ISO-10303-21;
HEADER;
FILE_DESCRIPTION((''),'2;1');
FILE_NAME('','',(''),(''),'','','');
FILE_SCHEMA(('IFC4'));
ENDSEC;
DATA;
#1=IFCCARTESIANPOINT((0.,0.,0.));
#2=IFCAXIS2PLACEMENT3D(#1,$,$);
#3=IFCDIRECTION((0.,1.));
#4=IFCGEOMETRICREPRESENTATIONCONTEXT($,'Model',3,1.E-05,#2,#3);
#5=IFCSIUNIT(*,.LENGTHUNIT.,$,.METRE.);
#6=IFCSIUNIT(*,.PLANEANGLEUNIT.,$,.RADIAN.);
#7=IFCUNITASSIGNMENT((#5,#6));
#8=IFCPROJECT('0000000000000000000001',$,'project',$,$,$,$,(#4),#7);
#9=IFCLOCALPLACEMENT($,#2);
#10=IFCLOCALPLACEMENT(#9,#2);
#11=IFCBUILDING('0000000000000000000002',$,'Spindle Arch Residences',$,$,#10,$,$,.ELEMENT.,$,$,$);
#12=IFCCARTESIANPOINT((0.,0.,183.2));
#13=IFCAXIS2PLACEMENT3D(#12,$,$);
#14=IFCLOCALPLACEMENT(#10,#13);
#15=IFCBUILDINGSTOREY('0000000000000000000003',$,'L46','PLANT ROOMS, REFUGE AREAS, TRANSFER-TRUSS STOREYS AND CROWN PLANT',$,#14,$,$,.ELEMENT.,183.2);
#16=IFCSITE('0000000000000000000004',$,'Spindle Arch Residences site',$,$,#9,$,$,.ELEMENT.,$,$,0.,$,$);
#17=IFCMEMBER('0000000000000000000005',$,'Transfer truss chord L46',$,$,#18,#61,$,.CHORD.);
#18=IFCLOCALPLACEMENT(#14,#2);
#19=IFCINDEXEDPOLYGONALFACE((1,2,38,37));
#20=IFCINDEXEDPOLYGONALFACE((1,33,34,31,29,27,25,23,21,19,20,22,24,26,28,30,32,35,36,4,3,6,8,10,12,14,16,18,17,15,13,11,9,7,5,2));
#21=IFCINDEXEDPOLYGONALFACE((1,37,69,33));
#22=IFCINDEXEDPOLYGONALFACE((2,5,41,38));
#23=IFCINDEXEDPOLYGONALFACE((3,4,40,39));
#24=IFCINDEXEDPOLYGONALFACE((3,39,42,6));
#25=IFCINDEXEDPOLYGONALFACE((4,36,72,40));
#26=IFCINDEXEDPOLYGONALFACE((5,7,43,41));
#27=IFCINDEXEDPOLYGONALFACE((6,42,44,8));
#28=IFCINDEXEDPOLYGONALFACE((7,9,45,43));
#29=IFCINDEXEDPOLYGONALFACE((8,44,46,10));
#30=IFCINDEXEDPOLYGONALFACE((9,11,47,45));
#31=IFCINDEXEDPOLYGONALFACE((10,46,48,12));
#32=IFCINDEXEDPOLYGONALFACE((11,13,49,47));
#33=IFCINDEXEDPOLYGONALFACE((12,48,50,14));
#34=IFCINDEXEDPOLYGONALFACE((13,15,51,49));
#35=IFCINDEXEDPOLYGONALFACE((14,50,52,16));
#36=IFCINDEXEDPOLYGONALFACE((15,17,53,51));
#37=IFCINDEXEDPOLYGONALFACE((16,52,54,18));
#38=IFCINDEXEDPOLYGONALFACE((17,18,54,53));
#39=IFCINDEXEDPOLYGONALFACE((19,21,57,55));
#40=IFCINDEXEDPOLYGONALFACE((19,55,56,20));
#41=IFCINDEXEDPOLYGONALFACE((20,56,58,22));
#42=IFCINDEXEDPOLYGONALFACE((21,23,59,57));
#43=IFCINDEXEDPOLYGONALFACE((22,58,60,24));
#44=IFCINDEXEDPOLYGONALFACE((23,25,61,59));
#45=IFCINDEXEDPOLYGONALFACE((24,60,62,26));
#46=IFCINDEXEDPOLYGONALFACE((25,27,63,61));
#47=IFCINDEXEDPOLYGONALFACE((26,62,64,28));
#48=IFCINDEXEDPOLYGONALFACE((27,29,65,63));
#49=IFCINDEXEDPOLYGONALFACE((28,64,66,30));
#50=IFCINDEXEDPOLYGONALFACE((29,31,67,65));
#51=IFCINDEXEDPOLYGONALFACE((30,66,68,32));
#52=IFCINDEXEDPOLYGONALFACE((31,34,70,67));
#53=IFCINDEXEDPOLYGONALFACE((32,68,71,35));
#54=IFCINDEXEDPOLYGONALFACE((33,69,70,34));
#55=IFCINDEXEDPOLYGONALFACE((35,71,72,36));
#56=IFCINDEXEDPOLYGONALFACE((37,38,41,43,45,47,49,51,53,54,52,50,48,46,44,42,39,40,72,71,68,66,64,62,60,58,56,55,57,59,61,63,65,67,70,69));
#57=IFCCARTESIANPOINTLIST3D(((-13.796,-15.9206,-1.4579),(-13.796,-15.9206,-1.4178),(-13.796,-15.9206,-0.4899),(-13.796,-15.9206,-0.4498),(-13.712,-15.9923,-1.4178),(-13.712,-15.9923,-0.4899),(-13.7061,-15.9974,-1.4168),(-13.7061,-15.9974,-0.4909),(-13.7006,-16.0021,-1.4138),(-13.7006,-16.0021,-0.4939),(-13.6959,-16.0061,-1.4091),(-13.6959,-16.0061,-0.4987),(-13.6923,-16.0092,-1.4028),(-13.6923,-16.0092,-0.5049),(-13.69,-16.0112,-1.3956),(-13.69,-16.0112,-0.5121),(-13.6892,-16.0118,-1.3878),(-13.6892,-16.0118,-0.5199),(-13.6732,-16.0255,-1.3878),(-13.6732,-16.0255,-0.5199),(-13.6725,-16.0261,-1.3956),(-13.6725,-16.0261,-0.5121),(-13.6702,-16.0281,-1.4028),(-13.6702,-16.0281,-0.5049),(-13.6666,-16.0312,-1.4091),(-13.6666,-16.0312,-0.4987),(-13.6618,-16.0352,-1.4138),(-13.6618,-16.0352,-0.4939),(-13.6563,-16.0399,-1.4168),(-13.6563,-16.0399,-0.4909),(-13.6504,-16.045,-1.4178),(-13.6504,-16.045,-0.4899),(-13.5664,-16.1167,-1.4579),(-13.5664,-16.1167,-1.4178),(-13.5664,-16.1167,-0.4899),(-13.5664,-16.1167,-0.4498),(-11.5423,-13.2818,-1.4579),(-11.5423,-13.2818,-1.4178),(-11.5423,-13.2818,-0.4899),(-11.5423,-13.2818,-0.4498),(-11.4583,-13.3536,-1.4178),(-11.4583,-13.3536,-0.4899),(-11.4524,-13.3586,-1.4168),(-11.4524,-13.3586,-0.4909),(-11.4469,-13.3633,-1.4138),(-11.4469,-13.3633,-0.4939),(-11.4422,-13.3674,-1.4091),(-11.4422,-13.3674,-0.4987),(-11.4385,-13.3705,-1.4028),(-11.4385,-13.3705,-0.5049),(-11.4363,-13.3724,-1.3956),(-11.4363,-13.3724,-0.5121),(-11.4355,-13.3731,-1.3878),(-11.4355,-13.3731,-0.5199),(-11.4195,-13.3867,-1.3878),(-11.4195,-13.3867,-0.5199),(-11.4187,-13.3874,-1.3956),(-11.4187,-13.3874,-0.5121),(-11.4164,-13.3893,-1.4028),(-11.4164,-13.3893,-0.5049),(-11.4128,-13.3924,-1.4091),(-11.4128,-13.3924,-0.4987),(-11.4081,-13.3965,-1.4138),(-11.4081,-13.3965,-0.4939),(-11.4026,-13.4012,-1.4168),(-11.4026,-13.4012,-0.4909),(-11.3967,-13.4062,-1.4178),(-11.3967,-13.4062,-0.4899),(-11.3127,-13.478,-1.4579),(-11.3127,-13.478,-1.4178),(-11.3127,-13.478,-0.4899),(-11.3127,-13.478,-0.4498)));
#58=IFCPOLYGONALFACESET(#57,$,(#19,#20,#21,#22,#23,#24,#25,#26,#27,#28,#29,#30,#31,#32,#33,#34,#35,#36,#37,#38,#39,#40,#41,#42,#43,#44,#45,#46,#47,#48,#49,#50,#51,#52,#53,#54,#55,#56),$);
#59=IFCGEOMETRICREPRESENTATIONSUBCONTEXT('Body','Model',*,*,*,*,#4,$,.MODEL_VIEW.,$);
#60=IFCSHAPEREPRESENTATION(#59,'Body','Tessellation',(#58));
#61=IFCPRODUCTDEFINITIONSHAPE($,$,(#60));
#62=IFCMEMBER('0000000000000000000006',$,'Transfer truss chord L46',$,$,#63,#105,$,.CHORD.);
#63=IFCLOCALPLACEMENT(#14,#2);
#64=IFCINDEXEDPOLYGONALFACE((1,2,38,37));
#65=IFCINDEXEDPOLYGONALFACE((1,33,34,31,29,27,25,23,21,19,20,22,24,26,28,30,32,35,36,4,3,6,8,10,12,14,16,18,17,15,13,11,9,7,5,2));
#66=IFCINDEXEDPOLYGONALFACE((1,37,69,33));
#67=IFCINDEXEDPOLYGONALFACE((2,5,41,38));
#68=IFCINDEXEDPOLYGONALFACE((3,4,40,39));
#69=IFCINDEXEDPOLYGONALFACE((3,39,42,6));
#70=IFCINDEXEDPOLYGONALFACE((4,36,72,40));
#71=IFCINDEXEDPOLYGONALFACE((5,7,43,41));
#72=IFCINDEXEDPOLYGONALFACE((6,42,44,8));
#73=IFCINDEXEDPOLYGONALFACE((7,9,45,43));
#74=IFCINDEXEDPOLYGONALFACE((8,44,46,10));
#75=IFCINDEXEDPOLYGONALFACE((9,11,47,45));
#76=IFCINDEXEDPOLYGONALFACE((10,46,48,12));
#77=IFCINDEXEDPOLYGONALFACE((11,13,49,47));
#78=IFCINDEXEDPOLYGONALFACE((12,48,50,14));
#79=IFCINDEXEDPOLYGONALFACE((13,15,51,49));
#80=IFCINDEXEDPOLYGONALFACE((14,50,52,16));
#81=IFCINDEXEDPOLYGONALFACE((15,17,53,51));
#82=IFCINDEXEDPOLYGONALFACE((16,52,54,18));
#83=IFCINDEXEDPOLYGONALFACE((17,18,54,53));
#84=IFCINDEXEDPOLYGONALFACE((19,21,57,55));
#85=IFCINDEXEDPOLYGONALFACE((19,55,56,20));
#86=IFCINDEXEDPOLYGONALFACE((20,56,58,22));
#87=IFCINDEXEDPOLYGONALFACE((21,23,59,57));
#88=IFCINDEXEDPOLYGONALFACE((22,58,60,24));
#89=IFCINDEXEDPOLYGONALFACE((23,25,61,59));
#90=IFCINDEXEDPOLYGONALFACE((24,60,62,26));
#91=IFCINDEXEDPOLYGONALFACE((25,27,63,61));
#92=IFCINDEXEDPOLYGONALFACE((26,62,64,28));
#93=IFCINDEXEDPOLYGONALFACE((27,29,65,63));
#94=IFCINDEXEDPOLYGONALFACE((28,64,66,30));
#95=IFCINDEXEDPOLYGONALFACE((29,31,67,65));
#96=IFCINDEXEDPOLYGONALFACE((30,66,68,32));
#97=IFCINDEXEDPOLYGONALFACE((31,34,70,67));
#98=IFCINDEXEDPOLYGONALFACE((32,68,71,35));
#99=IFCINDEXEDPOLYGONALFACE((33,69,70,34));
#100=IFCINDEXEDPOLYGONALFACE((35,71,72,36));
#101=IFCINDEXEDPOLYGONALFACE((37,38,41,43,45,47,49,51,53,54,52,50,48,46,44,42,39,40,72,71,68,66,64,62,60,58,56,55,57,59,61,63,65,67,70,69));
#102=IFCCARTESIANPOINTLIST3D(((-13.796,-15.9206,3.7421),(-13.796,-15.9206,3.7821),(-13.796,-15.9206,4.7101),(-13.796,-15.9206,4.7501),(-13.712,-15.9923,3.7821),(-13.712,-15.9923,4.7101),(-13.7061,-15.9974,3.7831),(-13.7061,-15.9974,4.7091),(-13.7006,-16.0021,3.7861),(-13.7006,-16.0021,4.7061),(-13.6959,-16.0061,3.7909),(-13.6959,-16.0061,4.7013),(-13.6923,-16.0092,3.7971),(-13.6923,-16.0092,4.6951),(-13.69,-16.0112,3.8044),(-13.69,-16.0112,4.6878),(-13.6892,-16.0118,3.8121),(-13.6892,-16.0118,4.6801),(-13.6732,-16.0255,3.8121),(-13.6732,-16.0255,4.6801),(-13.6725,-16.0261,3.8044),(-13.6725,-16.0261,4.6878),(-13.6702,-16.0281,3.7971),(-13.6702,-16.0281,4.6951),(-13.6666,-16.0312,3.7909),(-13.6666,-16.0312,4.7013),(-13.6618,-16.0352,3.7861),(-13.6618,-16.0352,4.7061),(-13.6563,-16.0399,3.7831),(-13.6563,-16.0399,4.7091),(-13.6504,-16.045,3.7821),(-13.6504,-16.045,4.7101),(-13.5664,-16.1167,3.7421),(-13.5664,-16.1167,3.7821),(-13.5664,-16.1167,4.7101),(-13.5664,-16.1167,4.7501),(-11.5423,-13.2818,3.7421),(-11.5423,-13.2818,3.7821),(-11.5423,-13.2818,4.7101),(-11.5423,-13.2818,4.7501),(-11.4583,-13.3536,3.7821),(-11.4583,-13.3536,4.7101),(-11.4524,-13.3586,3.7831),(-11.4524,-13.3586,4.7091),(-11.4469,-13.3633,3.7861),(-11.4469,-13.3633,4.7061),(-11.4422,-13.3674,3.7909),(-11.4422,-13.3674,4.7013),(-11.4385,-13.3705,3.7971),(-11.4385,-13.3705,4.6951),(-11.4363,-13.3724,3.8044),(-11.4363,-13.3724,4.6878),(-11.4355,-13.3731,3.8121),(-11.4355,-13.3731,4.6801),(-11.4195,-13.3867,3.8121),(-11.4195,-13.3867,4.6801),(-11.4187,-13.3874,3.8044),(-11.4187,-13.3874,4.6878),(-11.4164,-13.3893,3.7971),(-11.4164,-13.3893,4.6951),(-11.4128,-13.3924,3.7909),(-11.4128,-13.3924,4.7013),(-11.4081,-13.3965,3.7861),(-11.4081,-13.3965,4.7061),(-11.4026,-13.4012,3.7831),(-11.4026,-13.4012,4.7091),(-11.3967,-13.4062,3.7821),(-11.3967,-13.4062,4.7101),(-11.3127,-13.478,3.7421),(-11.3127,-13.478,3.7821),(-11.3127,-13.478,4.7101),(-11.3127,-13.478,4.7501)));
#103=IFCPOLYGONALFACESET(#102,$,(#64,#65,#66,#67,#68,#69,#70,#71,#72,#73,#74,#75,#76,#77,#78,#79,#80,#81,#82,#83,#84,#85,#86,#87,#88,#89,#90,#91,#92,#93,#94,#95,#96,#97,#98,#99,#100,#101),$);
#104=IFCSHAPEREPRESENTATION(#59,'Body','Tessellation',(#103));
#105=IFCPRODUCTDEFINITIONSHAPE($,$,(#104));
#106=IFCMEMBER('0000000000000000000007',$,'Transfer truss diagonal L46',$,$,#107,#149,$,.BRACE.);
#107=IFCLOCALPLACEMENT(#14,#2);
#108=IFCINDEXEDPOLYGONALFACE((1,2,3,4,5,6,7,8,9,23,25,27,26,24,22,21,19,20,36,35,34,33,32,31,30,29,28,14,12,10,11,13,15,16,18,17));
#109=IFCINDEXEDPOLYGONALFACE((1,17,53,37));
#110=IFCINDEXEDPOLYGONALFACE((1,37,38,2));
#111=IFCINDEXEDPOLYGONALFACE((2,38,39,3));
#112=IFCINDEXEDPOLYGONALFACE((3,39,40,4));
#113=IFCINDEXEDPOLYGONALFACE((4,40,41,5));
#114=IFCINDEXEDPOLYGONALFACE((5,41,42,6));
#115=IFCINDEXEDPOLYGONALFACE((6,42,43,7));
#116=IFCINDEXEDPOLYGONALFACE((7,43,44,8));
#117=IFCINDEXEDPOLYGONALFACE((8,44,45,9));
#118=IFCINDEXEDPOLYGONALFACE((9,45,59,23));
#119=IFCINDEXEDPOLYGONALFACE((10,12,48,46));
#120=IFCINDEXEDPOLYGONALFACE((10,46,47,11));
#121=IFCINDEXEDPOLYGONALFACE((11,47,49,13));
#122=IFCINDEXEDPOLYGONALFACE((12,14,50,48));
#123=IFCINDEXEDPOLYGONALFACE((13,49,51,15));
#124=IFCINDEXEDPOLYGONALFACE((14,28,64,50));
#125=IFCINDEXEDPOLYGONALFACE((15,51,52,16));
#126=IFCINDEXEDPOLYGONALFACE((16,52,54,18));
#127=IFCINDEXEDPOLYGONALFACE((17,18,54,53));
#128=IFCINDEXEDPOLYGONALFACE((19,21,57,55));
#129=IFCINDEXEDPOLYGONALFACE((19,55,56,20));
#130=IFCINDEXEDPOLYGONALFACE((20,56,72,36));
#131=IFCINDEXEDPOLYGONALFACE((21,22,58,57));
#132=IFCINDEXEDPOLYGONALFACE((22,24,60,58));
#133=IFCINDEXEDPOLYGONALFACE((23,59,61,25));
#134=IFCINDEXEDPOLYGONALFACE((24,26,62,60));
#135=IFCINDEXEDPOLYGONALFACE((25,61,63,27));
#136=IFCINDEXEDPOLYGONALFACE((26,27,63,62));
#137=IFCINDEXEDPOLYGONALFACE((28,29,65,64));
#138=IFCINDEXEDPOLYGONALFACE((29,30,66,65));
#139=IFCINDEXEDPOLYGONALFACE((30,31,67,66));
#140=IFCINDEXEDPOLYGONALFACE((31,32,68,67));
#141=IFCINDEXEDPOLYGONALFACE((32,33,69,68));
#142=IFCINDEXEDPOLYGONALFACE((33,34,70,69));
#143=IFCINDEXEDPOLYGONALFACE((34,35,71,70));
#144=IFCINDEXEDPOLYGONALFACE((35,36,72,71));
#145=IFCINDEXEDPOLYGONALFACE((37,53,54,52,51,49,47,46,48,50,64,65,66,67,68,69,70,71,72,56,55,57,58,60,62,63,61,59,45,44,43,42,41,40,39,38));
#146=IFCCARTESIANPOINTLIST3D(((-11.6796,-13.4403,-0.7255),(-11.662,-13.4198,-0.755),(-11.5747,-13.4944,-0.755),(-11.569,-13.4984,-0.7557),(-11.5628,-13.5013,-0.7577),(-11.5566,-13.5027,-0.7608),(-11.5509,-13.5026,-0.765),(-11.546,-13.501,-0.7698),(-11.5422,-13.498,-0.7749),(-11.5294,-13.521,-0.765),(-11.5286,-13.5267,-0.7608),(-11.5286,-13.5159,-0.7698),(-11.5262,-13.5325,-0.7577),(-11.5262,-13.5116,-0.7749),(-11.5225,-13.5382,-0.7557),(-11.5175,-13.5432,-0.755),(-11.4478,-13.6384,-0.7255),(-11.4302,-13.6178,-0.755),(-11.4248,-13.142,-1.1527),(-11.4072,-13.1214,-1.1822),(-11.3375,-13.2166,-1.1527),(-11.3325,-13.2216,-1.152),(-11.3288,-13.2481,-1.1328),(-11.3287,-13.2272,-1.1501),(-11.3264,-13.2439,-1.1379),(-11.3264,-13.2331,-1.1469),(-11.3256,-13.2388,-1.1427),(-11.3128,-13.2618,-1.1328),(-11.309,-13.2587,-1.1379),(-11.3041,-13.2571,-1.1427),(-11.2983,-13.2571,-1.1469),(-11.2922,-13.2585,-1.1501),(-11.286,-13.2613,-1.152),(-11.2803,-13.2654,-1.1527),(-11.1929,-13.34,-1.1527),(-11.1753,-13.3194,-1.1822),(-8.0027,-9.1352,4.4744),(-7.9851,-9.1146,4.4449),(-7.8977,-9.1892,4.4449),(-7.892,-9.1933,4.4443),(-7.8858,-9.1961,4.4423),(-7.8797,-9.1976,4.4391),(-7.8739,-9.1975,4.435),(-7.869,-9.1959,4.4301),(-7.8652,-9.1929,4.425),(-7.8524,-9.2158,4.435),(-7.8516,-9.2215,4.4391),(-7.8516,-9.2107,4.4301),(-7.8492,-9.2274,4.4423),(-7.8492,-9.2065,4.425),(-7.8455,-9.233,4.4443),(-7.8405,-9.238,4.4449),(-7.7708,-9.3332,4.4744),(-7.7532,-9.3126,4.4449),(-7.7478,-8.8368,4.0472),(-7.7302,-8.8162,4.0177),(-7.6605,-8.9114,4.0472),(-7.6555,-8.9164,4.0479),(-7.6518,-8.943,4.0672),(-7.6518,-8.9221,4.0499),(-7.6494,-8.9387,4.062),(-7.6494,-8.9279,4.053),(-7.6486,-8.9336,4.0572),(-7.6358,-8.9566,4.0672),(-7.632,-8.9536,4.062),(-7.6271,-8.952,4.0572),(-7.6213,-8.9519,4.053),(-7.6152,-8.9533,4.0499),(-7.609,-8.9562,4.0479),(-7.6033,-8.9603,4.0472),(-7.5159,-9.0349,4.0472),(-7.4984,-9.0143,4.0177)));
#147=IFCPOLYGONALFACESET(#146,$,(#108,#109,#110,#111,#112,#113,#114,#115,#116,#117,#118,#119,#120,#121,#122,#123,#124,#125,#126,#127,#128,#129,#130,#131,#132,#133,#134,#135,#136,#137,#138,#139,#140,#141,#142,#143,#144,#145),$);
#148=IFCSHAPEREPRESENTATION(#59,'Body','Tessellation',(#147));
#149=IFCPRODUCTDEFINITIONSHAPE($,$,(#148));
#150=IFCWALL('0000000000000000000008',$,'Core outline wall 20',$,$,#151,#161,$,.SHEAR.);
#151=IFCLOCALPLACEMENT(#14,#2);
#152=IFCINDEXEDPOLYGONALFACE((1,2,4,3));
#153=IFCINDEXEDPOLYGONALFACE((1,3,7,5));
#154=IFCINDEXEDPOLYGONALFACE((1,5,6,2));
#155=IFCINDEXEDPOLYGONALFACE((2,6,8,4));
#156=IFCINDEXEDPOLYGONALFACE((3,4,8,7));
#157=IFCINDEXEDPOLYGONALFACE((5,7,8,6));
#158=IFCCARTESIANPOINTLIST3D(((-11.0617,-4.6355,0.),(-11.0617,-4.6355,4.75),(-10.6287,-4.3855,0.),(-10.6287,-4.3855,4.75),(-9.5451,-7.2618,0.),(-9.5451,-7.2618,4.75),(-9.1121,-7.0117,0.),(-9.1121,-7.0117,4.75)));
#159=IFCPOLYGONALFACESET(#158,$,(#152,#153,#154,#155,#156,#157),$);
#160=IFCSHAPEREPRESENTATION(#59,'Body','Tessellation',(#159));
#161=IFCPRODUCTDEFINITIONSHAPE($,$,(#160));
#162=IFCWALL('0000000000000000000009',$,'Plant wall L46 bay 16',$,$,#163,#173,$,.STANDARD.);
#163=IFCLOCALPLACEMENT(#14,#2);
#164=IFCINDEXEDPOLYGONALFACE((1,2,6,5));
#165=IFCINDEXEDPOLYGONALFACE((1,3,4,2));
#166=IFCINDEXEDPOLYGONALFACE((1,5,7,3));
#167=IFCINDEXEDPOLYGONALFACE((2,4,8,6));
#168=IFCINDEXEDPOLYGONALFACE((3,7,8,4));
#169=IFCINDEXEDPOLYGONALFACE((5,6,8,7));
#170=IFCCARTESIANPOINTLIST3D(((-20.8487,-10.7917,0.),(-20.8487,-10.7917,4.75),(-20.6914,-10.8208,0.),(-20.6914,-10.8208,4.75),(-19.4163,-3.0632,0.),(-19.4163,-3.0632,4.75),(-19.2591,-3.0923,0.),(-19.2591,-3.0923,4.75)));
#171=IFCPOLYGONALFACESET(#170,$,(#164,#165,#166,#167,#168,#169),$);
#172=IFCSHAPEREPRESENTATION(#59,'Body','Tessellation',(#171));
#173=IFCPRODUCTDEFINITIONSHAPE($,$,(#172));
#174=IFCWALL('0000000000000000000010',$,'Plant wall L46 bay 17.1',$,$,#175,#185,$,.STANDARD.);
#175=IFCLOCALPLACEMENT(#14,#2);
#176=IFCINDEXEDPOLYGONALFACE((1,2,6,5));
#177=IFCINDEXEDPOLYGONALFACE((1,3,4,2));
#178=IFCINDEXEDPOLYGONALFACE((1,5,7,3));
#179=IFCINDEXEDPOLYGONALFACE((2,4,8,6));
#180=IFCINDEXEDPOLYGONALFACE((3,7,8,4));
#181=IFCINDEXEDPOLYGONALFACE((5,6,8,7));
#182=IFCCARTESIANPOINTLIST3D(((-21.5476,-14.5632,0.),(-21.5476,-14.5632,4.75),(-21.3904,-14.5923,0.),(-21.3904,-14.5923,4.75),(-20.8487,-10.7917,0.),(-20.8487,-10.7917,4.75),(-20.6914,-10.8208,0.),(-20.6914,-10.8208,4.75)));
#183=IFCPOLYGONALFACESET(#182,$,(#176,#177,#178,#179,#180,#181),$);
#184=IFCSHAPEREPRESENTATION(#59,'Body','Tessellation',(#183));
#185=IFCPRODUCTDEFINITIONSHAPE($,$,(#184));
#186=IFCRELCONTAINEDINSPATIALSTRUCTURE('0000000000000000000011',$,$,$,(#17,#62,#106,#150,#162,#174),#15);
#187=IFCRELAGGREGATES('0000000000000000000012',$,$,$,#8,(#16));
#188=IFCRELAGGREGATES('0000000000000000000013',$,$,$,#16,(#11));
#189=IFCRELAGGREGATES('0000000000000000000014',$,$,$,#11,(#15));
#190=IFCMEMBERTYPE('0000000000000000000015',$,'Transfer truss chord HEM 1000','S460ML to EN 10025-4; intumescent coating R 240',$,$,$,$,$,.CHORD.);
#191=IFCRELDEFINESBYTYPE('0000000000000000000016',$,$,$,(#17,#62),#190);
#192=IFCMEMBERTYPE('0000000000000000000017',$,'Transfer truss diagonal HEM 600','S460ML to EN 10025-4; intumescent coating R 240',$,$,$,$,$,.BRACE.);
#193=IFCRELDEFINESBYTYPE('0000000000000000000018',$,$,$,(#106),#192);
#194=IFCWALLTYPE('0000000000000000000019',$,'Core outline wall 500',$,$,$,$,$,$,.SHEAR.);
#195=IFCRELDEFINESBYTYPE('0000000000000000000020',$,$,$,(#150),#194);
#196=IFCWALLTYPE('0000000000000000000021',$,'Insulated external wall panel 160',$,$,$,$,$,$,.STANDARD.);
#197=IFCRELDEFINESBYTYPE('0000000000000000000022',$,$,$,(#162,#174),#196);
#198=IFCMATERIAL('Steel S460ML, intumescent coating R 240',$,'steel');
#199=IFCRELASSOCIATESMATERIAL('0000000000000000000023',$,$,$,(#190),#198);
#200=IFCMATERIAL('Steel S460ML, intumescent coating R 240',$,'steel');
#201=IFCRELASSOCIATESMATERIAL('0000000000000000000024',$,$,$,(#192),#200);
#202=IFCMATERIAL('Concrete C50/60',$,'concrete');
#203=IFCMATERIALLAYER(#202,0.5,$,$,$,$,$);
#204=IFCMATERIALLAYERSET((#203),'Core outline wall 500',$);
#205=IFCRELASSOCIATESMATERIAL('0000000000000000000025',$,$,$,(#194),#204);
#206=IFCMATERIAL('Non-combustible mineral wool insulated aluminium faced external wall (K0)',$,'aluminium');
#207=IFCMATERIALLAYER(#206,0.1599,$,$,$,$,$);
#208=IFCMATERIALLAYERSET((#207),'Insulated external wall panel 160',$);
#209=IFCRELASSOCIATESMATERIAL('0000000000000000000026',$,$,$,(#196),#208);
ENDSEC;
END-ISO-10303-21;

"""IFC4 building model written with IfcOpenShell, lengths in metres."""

from ifc_helpers import new_model, si_unit, direction, frame, frame_2d, origin, origin_2d, place, context, subcontext, project, spatial, rectangle, i_section, extrude, material, layer, layer_set, material_profile, profile_set, type_object, element, save


model = new_model("IFC4")

# Units and contexts
model_context = context("Model", 3, precision=1e-05, world=origin(), true_north=direction((0.0, 1.0)))
body_context = subcontext(model_context, "Body", "Model", "MODEL_VIEW")
ifc_project = project(units=[si_unit("LENGTHUNIT", "METRE"), si_unit("PLANEANGLEUNIT", "RADIAN")], contexts=[model_context])

# Site, building, storey
site_placement = place(None, origin())
site = spatial("IfcSite", under=ifc_project, at=site_placement, Name="Spindle Arch Residences site", CompositionType="ELEMENT", RefElevation=0.0)
building_placement = place(site_placement, origin())
building = spatial("IfcBuilding", under=site, at=building_placement, Name="Spindle Arch Residences", CompositionType="ELEMENT")
storey_placement = place(building_placement, frame((0.0, 0.0, 183.2)))
storey = spatial("IfcBuildingStorey", under=building, at=storey_placement, Name="L46", Description="PLANT ROOMS, REFUGE AREAS, TRANSFER-TRUSS STOREYS AND CROWN PLANT", CompositionType="ELEMENT", Elevation=183.2)

# Members
ifc_material_1 = material(Name="Steel S460ML, intumescent coating R 240", Category="steel")
ifc_material_profile_1 = material_profile(ifc_material_1, i_section(OverallWidth=0.302, OverallDepth=1.0081, WebThickness=0.021, FlangeThickness=0.04, FilletRadius=0.03, at=origin_2d()), Name="HEM 1000")
ifc_profile_set_1 = profile_set([ifc_material_profile_1], Name="Steel S460ML, intumescent coating R 240")
member_type_1 = type_object("IfcMemberType", Name="Transfer truss chord HEM 1000", Description="S460ML to EN 10025-4; intumescent coating R 240", PredefinedType="CHORD", material=ifc_profile_set_1)
for number, where, z_axis, x_axis, name in (
    (1, (-11.4275, -13.3799, -0.9539), (-0.649452, -0.760403, 0.0), (0.760403, -0.649452, 0.0), "Transfer truss chord L46"),
    (2, (-11.4275, -13.3799, 4.2461), (-0.649452, -0.760403, 0.0), (0.760403, -0.649452, 0.0), "Transfer truss chord L46"),
):
    element("IfcMember", number, at=place(storey_placement, frame(where, z_axis=z_axis, x_axis=x_axis)), inside=storey, type_object=member_type_1, Name=name, PredefinedType="CHORD", context=body_context, shape_type="SweptSolid", body=[
        extrude(i_section(OverallWidth=0.302, OverallDepth=1.0081, WebThickness=0.021, FlangeThickness=0.04, FilletRadius=0.03, at=origin_2d()), origin(), (0.0, 0.0, 1.0), 3.4702),
    ])
ifc_material_2 = material(Name="Steel S460ML, intumescent coating R 240", Category="steel")
ifc_material_profile_2 = material_profile(ifc_material_2, i_section(OverallWidth=0.3049, OverallDepth=0.6201, WebThickness=0.021, FlangeThickness=0.04, FilletRadius=0.0271, at=origin_2d()), Name="HEM 600")
ifc_profile_set_2 = profile_set([ifc_material_profile_2], Name="Steel S460ML, intumescent coating R 240")
member_type_2 = type_object("IfcMemberType", Name="Transfer truss diagonal HEM 600", Description="S460ML to EN 10025-4; intumescent coating R 240", PredefinedType="BRACE", material=ifc_profile_set_2)
member_1_placement = place(storey_placement, frame((-11.4275, -13.3799, -0.9539), z_axis=(0.478322, 0.560038, 0.676435), x_axis=(-0.760403, 0.649452, 0.0)))
element("IfcMember", 3, at=member_1_placement, inside=storey, type_object=member_type_2, Name="Transfer truss diagonal L46", PredefinedType="BRACE", context=body_context, shape_type="SweptSolid", body=[
    extrude(i_section(OverallWidth=0.3049, OverallDepth=0.6201, WebThickness=0.021, FlangeThickness=0.04, FilletRadius=0.0271, at=origin_2d()), origin(), (0.0, 0.0, 1.0), 7.6873),
])

# Shared definitions
ifc_material_3 = material(Name="Concrete C50/60", Category="concrete")
ifc_layer_1 = layer(ifc_material_3, 0.5)
ifc_layer_set_1 = layer_set([ifc_layer_1], Name="Core outline wall 500")
wall_type_1 = type_object("IfcWallType", Name="Core outline wall 500", PredefinedType="SHEAR", material=ifc_layer_set_1)

# Walls
wall_1_placement = place(storey_placement, frame((-10.8452, -4.5105, 0.0), z_axis=(0.0, 0.0, 1.0), x_axis=(0.500087, -0.865975, 0.0)))
element("IfcWall", 4, at=wall_1_placement, inside=storey, type_object=wall_type_1, Name="Core outline wall 20", PredefinedType="SHEAR", context=body_context, shape_type="SweptSolid", body=[
    extrude(rectangle(XDim=3.0327, YDim=0.5, at=frame_2d((1.5164, 0.0))), origin(), (0.0, 0.0, 1.0), 4.75),
])
ifc_material_4 = material(Name="Non-combustible mineral wool insulated aluminium faced external wall (K0)", Category="aluminium")
ifc_layer_2 = layer(ifc_material_4, 0.1599)
ifc_layer_set_2 = layer_set([ifc_layer_2], Name="Insulated external wall panel 160")
wall_type_2 = type_object("IfcWallType", Name="Insulated external wall panel 160", PredefinedType="STANDARD", material=ifc_layer_set_2)
wall_2_placement = place(storey_placement, frame((-19.3376, -3.0776, 0.0), z_axis=(0.0, 0.0, 1.0), x_axis=(-0.182233, -0.983255, 0.0)))
element("IfcWall", 5, at=wall_2_placement, inside=storey, type_object=wall_type_2, Name="Plant wall L46 bay 16", PredefinedType="STANDARD", context=body_context, shape_type="SweptSolid", body=[
    extrude(rectangle(XDim=7.8601, YDim=0.1599, at=frame_2d((3.9302, 0.0))), origin(), (0.0, 0.0, 1.0), 4.75),
])
wall_3_placement = place(storey_placement, frame((-20.77, -10.8062, 0.0), z_axis=(0.0, 0.0, 1.0), x_axis=(-0.182228, -0.983256, 0.0)))
element("IfcWall", 6, at=wall_3_placement, inside=storey, type_object=wall_type_2, Name="Plant wall L46 bay 17.1", PredefinedType="STANDARD", context=body_context, shape_type="SweptSolid", body=[
    extrude(rectangle(XDim=3.8357, YDim=0.1599, at=frame_2d((1.918, 0.0))), origin(), (0.0, 0.0, 1.0), 4.75),
])

save(model, "model.ifc")
